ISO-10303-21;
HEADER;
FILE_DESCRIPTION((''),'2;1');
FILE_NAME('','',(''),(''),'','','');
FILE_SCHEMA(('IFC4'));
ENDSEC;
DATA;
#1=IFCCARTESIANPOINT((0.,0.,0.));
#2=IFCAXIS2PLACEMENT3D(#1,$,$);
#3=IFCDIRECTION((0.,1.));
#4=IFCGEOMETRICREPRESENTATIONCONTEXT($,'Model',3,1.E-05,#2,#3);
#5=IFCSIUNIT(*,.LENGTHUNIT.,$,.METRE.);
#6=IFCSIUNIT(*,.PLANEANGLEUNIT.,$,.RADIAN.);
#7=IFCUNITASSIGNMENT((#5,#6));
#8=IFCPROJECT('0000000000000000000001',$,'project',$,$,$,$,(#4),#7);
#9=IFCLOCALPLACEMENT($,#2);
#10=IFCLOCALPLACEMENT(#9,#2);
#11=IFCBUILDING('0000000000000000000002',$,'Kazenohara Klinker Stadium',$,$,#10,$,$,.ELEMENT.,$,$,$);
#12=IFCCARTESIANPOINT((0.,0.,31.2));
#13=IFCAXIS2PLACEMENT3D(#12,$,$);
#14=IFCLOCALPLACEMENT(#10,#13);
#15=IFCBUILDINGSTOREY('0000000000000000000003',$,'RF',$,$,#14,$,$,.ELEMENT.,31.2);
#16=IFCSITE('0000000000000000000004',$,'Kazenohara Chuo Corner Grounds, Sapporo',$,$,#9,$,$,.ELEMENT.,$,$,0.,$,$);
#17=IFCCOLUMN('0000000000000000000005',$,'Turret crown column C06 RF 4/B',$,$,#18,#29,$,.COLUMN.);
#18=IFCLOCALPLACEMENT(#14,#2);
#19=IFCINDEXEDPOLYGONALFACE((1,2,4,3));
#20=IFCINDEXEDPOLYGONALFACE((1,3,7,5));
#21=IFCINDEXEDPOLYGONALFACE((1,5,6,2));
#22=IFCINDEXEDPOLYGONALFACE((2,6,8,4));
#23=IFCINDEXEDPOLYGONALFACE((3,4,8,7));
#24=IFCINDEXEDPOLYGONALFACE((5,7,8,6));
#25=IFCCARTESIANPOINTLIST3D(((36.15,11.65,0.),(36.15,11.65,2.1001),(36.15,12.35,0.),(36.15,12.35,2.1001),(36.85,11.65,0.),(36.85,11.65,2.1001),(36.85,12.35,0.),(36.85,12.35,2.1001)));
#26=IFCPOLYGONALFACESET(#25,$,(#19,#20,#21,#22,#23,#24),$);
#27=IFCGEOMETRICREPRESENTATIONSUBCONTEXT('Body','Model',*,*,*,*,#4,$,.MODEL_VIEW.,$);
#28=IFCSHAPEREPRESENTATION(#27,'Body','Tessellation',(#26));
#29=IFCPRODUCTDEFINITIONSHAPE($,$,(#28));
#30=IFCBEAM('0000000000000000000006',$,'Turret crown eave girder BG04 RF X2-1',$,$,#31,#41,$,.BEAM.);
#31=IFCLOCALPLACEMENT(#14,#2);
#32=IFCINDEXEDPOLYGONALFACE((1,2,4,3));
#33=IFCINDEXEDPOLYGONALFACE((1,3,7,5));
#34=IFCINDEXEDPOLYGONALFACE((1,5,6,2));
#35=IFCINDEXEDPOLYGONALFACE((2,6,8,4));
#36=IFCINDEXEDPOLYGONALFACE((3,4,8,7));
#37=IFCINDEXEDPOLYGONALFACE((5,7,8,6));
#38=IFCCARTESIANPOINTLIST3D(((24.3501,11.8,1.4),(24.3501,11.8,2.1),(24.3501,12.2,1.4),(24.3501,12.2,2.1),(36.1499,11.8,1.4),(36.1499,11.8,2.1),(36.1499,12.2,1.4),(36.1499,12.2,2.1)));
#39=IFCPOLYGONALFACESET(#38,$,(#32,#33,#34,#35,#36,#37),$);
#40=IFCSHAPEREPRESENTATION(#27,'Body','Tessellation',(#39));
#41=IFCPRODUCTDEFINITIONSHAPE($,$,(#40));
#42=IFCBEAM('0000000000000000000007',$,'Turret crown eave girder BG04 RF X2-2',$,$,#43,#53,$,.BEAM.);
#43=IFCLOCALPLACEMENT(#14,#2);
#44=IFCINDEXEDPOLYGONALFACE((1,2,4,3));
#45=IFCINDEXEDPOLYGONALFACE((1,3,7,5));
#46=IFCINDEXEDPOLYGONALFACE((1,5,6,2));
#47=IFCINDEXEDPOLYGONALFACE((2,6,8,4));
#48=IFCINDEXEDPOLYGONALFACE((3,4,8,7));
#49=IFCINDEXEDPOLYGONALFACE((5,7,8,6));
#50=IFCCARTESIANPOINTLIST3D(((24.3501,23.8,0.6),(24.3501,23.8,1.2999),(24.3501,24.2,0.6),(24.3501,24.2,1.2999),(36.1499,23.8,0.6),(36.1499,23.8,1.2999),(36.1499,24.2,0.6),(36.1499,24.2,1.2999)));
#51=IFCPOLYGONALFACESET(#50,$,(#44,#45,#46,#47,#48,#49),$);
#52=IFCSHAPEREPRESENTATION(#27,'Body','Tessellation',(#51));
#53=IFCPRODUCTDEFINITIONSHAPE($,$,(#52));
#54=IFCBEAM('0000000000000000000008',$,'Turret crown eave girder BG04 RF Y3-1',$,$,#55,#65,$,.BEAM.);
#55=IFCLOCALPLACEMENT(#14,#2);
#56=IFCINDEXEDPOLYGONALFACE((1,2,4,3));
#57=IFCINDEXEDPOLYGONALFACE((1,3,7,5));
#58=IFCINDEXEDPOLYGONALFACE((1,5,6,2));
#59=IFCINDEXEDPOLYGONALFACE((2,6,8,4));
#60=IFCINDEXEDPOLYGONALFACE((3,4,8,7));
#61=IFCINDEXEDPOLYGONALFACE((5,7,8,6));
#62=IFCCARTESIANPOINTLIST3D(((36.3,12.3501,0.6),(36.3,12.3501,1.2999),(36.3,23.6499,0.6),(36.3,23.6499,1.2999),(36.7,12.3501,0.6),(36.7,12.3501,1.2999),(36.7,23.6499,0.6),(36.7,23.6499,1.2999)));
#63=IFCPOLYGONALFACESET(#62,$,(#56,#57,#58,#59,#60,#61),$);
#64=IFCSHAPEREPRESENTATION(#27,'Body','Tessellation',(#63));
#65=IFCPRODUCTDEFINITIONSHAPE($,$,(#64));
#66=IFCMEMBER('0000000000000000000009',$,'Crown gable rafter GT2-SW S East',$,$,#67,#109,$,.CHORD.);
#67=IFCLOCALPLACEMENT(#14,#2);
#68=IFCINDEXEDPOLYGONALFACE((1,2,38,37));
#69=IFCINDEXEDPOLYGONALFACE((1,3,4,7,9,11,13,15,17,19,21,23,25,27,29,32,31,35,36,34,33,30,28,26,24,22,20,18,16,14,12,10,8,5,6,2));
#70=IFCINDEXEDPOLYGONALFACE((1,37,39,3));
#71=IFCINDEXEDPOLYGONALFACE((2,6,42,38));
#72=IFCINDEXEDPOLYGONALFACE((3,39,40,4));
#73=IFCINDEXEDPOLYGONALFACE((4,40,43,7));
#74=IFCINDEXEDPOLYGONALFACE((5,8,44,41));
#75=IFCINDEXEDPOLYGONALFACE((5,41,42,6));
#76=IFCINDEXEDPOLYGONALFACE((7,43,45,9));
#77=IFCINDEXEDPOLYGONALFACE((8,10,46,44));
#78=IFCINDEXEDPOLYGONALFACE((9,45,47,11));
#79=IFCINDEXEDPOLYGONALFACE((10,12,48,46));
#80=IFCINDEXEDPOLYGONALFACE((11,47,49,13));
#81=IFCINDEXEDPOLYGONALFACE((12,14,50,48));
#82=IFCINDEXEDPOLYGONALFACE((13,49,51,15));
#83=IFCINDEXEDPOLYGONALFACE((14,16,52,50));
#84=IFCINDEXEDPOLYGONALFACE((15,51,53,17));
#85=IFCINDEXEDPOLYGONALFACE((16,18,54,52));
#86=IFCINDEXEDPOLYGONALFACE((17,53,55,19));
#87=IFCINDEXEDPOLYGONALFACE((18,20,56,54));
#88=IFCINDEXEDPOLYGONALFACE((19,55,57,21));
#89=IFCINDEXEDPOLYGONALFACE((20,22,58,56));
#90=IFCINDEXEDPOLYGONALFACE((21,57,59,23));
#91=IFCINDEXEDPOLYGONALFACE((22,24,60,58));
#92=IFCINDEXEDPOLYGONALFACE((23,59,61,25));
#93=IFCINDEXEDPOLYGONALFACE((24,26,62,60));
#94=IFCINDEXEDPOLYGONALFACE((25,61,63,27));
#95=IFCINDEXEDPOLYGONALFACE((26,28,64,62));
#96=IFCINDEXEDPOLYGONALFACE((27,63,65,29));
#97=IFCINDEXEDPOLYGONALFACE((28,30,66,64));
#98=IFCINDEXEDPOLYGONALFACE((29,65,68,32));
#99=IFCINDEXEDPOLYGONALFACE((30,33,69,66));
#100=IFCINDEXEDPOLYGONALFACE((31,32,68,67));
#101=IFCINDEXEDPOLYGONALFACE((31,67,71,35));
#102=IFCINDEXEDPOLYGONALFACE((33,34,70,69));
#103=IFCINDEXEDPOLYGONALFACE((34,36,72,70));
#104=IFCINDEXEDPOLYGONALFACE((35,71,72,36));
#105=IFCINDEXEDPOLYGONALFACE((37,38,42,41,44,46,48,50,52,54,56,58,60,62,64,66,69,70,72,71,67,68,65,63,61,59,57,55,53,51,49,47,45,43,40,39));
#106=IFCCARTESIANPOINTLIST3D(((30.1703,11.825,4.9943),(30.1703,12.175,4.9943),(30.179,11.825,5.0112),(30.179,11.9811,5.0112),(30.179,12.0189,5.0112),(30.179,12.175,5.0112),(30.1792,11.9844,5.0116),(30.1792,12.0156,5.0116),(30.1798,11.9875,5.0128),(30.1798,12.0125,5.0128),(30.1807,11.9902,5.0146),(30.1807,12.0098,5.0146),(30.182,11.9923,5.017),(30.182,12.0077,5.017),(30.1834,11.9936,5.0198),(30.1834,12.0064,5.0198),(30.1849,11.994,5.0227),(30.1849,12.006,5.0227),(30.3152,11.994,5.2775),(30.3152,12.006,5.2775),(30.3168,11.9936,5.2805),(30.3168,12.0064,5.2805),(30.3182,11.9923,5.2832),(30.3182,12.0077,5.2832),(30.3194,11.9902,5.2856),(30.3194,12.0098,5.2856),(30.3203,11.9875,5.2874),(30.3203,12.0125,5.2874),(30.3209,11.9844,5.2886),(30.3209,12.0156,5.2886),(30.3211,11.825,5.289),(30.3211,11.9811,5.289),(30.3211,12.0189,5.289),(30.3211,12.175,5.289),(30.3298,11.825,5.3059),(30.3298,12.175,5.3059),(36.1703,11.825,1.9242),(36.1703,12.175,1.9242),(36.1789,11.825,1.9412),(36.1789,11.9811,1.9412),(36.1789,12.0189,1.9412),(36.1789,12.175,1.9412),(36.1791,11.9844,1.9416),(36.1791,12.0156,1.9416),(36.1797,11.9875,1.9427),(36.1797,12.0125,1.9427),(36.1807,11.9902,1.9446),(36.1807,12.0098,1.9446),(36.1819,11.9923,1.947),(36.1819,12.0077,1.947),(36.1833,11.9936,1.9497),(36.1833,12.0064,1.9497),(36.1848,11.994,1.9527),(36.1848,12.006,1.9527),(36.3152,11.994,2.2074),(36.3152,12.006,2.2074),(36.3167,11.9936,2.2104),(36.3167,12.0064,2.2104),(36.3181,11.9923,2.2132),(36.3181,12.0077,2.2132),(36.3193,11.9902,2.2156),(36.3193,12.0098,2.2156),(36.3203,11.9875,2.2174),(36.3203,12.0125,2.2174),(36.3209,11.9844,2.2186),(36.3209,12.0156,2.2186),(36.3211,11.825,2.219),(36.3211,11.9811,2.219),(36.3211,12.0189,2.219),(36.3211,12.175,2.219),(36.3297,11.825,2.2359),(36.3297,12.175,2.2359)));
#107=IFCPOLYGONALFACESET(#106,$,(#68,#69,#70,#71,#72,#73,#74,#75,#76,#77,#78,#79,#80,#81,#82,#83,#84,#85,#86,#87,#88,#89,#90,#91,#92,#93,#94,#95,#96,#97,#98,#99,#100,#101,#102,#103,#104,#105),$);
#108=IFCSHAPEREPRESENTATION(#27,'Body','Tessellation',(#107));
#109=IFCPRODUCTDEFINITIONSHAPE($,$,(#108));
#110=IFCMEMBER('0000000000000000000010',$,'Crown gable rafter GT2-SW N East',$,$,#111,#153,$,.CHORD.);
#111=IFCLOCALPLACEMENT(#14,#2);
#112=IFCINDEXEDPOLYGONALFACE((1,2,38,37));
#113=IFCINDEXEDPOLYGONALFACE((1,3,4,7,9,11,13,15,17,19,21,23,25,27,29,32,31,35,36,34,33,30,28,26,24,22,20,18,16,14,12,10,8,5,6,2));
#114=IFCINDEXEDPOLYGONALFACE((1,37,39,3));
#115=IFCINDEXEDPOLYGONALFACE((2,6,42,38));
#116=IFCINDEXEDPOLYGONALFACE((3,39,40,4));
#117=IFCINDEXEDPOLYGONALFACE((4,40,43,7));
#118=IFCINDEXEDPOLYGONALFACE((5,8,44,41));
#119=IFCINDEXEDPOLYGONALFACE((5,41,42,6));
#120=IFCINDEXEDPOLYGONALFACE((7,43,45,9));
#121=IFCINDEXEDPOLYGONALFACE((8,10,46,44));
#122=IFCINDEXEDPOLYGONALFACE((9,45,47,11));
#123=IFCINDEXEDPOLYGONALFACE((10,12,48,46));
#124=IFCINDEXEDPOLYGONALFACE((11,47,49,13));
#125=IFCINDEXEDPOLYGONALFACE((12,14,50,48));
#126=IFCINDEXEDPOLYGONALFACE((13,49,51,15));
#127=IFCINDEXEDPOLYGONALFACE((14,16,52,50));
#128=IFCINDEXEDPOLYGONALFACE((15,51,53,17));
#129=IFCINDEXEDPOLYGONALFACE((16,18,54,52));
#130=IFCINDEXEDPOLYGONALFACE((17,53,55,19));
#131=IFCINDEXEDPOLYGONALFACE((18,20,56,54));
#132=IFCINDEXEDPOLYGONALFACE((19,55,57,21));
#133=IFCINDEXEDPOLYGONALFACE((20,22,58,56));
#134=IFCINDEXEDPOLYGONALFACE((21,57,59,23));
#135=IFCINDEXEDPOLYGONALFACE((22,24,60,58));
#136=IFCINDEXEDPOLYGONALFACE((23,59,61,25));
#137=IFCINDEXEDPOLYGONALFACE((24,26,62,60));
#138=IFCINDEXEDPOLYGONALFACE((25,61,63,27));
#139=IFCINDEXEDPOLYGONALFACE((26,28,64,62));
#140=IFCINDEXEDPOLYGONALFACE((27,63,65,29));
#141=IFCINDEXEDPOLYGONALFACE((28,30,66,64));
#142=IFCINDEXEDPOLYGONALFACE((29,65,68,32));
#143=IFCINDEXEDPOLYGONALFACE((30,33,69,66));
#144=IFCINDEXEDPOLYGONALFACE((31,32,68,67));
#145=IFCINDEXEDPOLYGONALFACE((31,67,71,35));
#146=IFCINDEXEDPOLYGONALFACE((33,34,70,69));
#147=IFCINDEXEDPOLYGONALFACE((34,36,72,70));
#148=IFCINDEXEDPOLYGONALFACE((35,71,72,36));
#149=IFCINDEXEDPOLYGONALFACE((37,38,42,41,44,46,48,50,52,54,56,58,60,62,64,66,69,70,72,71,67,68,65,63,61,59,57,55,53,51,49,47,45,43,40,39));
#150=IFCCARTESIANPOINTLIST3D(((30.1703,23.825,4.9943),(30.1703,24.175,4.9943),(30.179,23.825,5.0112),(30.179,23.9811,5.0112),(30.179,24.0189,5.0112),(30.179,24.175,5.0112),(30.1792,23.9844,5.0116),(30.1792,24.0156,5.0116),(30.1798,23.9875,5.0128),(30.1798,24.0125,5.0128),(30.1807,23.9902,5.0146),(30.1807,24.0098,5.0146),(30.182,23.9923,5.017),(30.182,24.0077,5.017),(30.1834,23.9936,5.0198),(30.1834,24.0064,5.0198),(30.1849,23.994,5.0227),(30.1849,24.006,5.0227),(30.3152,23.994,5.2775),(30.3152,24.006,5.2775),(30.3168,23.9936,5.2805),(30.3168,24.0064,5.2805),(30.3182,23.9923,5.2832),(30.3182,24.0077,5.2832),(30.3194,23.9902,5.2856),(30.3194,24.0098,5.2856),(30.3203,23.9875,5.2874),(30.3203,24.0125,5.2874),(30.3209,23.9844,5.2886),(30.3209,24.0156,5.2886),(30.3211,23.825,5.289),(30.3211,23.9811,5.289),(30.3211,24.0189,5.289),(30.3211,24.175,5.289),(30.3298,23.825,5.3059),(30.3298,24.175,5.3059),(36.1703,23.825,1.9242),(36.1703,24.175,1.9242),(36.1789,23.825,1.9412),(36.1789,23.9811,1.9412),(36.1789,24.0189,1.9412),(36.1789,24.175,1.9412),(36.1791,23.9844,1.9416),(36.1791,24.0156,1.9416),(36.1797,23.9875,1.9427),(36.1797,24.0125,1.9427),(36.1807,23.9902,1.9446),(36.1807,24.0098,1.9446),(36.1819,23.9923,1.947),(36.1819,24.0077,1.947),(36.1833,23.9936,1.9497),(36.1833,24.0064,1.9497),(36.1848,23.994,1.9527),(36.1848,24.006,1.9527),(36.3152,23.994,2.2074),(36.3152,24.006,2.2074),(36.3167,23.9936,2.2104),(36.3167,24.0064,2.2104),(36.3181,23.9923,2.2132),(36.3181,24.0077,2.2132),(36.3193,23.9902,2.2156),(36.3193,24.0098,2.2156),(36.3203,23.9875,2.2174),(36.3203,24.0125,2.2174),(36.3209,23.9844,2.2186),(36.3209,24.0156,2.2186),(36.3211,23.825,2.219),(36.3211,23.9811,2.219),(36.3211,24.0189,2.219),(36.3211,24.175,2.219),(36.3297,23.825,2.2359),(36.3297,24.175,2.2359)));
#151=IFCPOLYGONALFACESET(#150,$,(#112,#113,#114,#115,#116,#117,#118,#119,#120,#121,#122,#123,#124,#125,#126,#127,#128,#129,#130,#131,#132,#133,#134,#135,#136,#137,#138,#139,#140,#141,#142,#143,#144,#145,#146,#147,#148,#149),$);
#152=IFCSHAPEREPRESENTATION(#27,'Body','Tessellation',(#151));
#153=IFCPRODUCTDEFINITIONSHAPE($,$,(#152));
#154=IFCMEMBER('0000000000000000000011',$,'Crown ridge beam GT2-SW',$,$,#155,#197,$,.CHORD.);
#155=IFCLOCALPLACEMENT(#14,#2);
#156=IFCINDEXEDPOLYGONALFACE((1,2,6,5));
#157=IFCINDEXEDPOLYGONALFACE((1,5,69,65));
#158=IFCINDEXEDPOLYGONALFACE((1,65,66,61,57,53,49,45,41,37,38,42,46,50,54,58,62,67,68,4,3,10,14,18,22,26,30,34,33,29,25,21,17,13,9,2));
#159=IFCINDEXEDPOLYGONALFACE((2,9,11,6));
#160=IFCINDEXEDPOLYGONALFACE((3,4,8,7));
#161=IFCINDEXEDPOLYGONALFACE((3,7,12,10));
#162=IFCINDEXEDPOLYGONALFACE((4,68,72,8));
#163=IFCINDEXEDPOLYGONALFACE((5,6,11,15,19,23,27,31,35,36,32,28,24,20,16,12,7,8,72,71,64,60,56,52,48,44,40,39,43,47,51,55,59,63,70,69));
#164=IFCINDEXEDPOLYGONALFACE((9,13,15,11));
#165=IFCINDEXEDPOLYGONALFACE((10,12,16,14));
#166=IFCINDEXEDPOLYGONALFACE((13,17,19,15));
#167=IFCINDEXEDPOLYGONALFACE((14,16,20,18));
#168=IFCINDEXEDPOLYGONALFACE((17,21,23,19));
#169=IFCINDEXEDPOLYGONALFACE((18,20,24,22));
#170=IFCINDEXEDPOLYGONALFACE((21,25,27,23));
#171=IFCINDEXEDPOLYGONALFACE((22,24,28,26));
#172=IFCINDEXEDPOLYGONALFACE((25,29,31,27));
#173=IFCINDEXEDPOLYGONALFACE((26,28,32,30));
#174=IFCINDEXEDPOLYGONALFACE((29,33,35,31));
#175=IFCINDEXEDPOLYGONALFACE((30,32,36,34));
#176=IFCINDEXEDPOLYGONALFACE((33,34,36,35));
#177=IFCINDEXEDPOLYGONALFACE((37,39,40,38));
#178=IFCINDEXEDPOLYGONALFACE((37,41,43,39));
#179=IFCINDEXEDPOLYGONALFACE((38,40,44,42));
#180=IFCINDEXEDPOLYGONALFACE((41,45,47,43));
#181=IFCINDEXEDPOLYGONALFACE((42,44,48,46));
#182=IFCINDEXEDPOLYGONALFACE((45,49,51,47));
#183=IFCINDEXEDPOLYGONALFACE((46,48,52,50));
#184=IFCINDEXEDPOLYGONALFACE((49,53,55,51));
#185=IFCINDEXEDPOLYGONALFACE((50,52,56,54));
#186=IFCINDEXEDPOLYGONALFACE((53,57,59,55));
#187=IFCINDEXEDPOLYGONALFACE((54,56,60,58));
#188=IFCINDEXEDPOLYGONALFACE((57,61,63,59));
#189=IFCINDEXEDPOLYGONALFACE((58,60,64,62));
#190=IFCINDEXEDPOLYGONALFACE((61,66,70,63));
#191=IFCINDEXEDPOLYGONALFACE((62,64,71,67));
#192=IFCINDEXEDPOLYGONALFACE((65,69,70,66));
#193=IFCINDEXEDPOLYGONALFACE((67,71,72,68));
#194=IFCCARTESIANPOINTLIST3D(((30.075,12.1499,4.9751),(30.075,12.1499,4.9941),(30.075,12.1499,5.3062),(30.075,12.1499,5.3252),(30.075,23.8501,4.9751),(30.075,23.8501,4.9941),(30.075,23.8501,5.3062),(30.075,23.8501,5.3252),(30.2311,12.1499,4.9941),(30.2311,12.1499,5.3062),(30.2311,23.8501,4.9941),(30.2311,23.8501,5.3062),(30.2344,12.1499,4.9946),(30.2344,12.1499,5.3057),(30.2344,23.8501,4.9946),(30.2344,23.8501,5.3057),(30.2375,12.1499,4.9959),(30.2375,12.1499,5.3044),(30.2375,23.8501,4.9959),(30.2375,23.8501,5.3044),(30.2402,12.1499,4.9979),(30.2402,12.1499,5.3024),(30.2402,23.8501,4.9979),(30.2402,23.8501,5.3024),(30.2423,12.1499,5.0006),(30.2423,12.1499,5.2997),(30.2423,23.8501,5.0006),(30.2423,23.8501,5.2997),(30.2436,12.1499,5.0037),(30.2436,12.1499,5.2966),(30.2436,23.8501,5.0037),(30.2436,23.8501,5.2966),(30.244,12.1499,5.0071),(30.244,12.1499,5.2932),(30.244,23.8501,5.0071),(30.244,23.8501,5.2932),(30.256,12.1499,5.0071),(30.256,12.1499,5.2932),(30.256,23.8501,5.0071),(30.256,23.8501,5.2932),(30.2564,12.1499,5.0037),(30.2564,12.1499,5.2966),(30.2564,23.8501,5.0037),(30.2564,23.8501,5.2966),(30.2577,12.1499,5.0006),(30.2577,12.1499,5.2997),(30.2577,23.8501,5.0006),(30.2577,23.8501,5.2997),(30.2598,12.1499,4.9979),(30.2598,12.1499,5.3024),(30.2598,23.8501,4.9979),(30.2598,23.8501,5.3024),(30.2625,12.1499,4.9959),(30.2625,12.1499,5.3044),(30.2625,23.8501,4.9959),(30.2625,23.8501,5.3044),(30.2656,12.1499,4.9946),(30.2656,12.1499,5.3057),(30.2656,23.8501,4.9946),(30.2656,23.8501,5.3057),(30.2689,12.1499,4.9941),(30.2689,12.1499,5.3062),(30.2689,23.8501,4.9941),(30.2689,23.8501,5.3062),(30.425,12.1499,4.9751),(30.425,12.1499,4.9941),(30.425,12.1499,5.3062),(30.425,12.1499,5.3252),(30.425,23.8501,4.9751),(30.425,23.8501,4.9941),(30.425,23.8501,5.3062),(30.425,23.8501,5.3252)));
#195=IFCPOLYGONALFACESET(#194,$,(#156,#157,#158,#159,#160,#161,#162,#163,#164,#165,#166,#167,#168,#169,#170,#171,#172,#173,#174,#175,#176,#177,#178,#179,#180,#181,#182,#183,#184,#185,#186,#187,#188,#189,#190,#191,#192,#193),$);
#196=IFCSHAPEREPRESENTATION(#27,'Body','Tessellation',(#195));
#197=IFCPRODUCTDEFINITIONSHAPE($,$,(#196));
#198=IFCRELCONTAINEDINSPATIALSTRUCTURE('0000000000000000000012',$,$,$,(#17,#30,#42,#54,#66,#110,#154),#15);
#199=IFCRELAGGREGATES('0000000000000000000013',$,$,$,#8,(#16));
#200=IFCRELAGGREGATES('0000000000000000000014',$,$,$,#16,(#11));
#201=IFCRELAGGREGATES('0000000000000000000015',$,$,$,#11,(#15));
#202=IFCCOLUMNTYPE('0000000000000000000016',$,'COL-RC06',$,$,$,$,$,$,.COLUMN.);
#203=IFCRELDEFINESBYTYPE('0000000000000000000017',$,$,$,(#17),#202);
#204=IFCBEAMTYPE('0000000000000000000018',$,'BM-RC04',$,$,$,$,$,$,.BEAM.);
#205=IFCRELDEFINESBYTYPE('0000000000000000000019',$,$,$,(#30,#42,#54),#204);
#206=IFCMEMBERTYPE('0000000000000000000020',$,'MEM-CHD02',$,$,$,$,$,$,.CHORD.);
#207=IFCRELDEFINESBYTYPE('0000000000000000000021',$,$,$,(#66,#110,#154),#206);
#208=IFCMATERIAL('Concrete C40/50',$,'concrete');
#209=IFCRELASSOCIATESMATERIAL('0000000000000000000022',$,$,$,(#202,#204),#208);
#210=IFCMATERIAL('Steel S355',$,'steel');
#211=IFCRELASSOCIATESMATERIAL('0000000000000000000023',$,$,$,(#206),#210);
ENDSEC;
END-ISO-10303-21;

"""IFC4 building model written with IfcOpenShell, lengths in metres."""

from ifc_helpers import new_model, si_unit, direction, frame, origin, origin_2d, place, context, subcontext, project, spatial, rectangle, i_section, extrude, material, material_profile, profile_set, type_object, element, save


model = new_model("IFC4")

# Units and contexts
model_context = context("Model", 3, precision=1e-05, world=origin(), true_north=direction((0.0, 1.0)))
body_context = subcontext(model_context, "Body", "Model", "MODEL_VIEW")
ifc_project = project(units=[si_unit("LENGTHUNIT", "METRE"), si_unit("PLANEANGLEUNIT", "RADIAN")], contexts=[model_context])

# Site, building, storey
site_placement = place(None, origin())
site = spatial("IfcSite", under=ifc_project, at=site_placement, Name="Kazenohara Chuo Corner Grounds, Sapporo", CompositionType="ELEMENT", RefElevation=0.0)
building_placement = place(site_placement, origin())
building = spatial("IfcBuilding", under=site, at=building_placement, Name="Kazenohara Klinker Stadium", CompositionType="ELEMENT")
storey_placement = place(building_placement, frame((0.0, 0.0, 31.2)))
storey = spatial("IfcBuildingStorey", under=building, at=storey_placement, Name="RF", CompositionType="ELEMENT", Elevation=31.2)

# Column
ifc_material_1 = material(Name="Concrete C40/50", Category="concrete")
ifc_material_profile_1 = material_profile(ifc_material_1, rectangle(XDim=0.7, YDim=0.7, at=origin_2d()), Name="RC-COL-700x700")
ifc_profile_set_1 = profile_set([ifc_material_profile_1], Name="Concrete C40/50")
column_type = type_object("IfcColumnType", Name="COL-RC06", PredefinedType="COLUMN", material=ifc_profile_set_1)
column_placement = place(storey_placement, frame((36.5, 12.0, 0.0), z_axis=(0.0, 0.0, 1.0), x_axis=(1.0, 0.0, 0.0)))
element("IfcColumn", 1, at=column_placement, inside=storey, type_object=column_type, Name="Turret crown column C06 RF 4/B", PredefinedType="COLUMN", context=body_context, shape_type="SweptSolid", body=[
    extrude(rectangle(XDim=0.7, YDim=0.7, at=origin_2d()), origin(), (0.0, 0.0, 1.0), 2.1001),
])

# Beams
ifc_material_profile_2 = material_profile(ifc_material_1, rectangle(XDim=0.3999, YDim=0.7, at=origin_2d()), Name="RC-BM-400x700")
ifc_profile_set_2 = profile_set([ifc_material_profile_2], Name="Concrete C40/50")
beam_type = type_object("IfcBeamType", Name="BM-RC04", PredefinedType="BEAM", material=ifc_profile_set_2)
for number, where, z_axis, x_axis, name in (
    (2, (24.3501, 12.0, 1.75), (1.0, 0.0, 0.0), (0.0, 1.0, 0.0), "Turret crown eave girder BG04 RF X2-1"),
    (3, (24.3501, 24.0, 0.95), (1.0, 0.0, 0.0), (0.0, 1.0, 0.0), "Turret crown eave girder BG04 RF X2-2"),
):
    element("IfcBeam", number, at=place(storey_placement, frame(where, z_axis=z_axis, x_axis=x_axis)), inside=storey, type_object=beam_type, Name=name, PredefinedType="BEAM", context=body_context, shape_type="SweptSolid", body=[
        extrude(rectangle(XDim=0.3999, YDim=0.7, at=origin_2d()), origin(), (0.0, 0.0, 1.0), 11.7998),
    ])
beam_placement = place(storey_placement, frame((36.5, 12.3501, 0.95), z_axis=(0.0, 1.0, 0.0), x_axis=(-1.0, 0.0, 0.0)))
element("IfcBeam", 4, at=beam_placement, inside=storey, type_object=beam_type, Name="Turret crown eave girder BG04 RF Y3-1", PredefinedType="BEAM", context=body_context, shape_type="SweptSolid", body=[
    extrude(rectangle(XDim=0.3999, YDim=0.7, at=origin_2d()), origin(), (0.0, 0.0, 1.0), 11.2998),
])

# Members
ifc_material_2 = material(Name="Steel S355", Category="steel")
ifc_material_profile_3 = material_profile(ifc_material_2, i_section(OverallWidth=0.3501, OverallDepth=0.3501, WebThickness=0.012, FlangeThickness=0.019, FilletRadius=0.0129, at=origin_2d()), Name="H-350x350x12x19")
ifc_profile_set_3 = profile_set([ifc_material_profile_3], Name="Steel S355")
member_type_1 = type_object("IfcMemberType", Name="MEM-CHD02", PredefinedType="CHORD", material=ifc_profile_set_3)
for number, where, z_axis, x_axis, name in (
    (5, (36.25, 12.0, 2.0801), (-0.89023, 0.0, 0.455511), (0.0, -1.0, 0.0), "Crown gable rafter GT2-SW S East"),
    (6, (36.25, 24.0, 2.0801), (-0.89023, 0.0, 0.455511), (0.0, -1.0, 0.0), "Crown gable rafter GT2-SW N East"),
):
    element("IfcMember", number, at=place(storey_placement, frame(where, z_axis=z_axis, x_axis=x_axis)), inside=storey, type_object=member_type_1, Name=name, PredefinedType="CHORD", context=body_context, shape_type="SweptSolid", body=[
        extrude(i_section(OverallWidth=0.3501, OverallDepth=0.3501, WebThickness=0.012, FlangeThickness=0.019, FilletRadius=0.0129, at=origin_2d()), origin(), (0.0, 0.0, 1.0), 6.7397),
    ])
member_1_placement = place(storey_placement, frame((30.25, 12.1499, 5.1501), z_axis=(0.0, 1.0, 0.0), x_axis=(-1.0, 0.0, 0.0)))
element("IfcMember", 7, at=member_1_placement, inside=storey, type_object=member_type_1, Name="Crown ridge beam GT2-SW", PredefinedType="CHORD", context=body_context, shape_type="SweptSolid", body=[
    extrude(i_section(OverallWidth=0.3501, OverallDepth=0.3501, WebThickness=0.012, FlangeThickness=0.019, FilletRadius=0.0129, at=origin_2d()), origin(), (0.0, 0.0, 1.0), 11.7002),
])

save(model, "model.ifc")
